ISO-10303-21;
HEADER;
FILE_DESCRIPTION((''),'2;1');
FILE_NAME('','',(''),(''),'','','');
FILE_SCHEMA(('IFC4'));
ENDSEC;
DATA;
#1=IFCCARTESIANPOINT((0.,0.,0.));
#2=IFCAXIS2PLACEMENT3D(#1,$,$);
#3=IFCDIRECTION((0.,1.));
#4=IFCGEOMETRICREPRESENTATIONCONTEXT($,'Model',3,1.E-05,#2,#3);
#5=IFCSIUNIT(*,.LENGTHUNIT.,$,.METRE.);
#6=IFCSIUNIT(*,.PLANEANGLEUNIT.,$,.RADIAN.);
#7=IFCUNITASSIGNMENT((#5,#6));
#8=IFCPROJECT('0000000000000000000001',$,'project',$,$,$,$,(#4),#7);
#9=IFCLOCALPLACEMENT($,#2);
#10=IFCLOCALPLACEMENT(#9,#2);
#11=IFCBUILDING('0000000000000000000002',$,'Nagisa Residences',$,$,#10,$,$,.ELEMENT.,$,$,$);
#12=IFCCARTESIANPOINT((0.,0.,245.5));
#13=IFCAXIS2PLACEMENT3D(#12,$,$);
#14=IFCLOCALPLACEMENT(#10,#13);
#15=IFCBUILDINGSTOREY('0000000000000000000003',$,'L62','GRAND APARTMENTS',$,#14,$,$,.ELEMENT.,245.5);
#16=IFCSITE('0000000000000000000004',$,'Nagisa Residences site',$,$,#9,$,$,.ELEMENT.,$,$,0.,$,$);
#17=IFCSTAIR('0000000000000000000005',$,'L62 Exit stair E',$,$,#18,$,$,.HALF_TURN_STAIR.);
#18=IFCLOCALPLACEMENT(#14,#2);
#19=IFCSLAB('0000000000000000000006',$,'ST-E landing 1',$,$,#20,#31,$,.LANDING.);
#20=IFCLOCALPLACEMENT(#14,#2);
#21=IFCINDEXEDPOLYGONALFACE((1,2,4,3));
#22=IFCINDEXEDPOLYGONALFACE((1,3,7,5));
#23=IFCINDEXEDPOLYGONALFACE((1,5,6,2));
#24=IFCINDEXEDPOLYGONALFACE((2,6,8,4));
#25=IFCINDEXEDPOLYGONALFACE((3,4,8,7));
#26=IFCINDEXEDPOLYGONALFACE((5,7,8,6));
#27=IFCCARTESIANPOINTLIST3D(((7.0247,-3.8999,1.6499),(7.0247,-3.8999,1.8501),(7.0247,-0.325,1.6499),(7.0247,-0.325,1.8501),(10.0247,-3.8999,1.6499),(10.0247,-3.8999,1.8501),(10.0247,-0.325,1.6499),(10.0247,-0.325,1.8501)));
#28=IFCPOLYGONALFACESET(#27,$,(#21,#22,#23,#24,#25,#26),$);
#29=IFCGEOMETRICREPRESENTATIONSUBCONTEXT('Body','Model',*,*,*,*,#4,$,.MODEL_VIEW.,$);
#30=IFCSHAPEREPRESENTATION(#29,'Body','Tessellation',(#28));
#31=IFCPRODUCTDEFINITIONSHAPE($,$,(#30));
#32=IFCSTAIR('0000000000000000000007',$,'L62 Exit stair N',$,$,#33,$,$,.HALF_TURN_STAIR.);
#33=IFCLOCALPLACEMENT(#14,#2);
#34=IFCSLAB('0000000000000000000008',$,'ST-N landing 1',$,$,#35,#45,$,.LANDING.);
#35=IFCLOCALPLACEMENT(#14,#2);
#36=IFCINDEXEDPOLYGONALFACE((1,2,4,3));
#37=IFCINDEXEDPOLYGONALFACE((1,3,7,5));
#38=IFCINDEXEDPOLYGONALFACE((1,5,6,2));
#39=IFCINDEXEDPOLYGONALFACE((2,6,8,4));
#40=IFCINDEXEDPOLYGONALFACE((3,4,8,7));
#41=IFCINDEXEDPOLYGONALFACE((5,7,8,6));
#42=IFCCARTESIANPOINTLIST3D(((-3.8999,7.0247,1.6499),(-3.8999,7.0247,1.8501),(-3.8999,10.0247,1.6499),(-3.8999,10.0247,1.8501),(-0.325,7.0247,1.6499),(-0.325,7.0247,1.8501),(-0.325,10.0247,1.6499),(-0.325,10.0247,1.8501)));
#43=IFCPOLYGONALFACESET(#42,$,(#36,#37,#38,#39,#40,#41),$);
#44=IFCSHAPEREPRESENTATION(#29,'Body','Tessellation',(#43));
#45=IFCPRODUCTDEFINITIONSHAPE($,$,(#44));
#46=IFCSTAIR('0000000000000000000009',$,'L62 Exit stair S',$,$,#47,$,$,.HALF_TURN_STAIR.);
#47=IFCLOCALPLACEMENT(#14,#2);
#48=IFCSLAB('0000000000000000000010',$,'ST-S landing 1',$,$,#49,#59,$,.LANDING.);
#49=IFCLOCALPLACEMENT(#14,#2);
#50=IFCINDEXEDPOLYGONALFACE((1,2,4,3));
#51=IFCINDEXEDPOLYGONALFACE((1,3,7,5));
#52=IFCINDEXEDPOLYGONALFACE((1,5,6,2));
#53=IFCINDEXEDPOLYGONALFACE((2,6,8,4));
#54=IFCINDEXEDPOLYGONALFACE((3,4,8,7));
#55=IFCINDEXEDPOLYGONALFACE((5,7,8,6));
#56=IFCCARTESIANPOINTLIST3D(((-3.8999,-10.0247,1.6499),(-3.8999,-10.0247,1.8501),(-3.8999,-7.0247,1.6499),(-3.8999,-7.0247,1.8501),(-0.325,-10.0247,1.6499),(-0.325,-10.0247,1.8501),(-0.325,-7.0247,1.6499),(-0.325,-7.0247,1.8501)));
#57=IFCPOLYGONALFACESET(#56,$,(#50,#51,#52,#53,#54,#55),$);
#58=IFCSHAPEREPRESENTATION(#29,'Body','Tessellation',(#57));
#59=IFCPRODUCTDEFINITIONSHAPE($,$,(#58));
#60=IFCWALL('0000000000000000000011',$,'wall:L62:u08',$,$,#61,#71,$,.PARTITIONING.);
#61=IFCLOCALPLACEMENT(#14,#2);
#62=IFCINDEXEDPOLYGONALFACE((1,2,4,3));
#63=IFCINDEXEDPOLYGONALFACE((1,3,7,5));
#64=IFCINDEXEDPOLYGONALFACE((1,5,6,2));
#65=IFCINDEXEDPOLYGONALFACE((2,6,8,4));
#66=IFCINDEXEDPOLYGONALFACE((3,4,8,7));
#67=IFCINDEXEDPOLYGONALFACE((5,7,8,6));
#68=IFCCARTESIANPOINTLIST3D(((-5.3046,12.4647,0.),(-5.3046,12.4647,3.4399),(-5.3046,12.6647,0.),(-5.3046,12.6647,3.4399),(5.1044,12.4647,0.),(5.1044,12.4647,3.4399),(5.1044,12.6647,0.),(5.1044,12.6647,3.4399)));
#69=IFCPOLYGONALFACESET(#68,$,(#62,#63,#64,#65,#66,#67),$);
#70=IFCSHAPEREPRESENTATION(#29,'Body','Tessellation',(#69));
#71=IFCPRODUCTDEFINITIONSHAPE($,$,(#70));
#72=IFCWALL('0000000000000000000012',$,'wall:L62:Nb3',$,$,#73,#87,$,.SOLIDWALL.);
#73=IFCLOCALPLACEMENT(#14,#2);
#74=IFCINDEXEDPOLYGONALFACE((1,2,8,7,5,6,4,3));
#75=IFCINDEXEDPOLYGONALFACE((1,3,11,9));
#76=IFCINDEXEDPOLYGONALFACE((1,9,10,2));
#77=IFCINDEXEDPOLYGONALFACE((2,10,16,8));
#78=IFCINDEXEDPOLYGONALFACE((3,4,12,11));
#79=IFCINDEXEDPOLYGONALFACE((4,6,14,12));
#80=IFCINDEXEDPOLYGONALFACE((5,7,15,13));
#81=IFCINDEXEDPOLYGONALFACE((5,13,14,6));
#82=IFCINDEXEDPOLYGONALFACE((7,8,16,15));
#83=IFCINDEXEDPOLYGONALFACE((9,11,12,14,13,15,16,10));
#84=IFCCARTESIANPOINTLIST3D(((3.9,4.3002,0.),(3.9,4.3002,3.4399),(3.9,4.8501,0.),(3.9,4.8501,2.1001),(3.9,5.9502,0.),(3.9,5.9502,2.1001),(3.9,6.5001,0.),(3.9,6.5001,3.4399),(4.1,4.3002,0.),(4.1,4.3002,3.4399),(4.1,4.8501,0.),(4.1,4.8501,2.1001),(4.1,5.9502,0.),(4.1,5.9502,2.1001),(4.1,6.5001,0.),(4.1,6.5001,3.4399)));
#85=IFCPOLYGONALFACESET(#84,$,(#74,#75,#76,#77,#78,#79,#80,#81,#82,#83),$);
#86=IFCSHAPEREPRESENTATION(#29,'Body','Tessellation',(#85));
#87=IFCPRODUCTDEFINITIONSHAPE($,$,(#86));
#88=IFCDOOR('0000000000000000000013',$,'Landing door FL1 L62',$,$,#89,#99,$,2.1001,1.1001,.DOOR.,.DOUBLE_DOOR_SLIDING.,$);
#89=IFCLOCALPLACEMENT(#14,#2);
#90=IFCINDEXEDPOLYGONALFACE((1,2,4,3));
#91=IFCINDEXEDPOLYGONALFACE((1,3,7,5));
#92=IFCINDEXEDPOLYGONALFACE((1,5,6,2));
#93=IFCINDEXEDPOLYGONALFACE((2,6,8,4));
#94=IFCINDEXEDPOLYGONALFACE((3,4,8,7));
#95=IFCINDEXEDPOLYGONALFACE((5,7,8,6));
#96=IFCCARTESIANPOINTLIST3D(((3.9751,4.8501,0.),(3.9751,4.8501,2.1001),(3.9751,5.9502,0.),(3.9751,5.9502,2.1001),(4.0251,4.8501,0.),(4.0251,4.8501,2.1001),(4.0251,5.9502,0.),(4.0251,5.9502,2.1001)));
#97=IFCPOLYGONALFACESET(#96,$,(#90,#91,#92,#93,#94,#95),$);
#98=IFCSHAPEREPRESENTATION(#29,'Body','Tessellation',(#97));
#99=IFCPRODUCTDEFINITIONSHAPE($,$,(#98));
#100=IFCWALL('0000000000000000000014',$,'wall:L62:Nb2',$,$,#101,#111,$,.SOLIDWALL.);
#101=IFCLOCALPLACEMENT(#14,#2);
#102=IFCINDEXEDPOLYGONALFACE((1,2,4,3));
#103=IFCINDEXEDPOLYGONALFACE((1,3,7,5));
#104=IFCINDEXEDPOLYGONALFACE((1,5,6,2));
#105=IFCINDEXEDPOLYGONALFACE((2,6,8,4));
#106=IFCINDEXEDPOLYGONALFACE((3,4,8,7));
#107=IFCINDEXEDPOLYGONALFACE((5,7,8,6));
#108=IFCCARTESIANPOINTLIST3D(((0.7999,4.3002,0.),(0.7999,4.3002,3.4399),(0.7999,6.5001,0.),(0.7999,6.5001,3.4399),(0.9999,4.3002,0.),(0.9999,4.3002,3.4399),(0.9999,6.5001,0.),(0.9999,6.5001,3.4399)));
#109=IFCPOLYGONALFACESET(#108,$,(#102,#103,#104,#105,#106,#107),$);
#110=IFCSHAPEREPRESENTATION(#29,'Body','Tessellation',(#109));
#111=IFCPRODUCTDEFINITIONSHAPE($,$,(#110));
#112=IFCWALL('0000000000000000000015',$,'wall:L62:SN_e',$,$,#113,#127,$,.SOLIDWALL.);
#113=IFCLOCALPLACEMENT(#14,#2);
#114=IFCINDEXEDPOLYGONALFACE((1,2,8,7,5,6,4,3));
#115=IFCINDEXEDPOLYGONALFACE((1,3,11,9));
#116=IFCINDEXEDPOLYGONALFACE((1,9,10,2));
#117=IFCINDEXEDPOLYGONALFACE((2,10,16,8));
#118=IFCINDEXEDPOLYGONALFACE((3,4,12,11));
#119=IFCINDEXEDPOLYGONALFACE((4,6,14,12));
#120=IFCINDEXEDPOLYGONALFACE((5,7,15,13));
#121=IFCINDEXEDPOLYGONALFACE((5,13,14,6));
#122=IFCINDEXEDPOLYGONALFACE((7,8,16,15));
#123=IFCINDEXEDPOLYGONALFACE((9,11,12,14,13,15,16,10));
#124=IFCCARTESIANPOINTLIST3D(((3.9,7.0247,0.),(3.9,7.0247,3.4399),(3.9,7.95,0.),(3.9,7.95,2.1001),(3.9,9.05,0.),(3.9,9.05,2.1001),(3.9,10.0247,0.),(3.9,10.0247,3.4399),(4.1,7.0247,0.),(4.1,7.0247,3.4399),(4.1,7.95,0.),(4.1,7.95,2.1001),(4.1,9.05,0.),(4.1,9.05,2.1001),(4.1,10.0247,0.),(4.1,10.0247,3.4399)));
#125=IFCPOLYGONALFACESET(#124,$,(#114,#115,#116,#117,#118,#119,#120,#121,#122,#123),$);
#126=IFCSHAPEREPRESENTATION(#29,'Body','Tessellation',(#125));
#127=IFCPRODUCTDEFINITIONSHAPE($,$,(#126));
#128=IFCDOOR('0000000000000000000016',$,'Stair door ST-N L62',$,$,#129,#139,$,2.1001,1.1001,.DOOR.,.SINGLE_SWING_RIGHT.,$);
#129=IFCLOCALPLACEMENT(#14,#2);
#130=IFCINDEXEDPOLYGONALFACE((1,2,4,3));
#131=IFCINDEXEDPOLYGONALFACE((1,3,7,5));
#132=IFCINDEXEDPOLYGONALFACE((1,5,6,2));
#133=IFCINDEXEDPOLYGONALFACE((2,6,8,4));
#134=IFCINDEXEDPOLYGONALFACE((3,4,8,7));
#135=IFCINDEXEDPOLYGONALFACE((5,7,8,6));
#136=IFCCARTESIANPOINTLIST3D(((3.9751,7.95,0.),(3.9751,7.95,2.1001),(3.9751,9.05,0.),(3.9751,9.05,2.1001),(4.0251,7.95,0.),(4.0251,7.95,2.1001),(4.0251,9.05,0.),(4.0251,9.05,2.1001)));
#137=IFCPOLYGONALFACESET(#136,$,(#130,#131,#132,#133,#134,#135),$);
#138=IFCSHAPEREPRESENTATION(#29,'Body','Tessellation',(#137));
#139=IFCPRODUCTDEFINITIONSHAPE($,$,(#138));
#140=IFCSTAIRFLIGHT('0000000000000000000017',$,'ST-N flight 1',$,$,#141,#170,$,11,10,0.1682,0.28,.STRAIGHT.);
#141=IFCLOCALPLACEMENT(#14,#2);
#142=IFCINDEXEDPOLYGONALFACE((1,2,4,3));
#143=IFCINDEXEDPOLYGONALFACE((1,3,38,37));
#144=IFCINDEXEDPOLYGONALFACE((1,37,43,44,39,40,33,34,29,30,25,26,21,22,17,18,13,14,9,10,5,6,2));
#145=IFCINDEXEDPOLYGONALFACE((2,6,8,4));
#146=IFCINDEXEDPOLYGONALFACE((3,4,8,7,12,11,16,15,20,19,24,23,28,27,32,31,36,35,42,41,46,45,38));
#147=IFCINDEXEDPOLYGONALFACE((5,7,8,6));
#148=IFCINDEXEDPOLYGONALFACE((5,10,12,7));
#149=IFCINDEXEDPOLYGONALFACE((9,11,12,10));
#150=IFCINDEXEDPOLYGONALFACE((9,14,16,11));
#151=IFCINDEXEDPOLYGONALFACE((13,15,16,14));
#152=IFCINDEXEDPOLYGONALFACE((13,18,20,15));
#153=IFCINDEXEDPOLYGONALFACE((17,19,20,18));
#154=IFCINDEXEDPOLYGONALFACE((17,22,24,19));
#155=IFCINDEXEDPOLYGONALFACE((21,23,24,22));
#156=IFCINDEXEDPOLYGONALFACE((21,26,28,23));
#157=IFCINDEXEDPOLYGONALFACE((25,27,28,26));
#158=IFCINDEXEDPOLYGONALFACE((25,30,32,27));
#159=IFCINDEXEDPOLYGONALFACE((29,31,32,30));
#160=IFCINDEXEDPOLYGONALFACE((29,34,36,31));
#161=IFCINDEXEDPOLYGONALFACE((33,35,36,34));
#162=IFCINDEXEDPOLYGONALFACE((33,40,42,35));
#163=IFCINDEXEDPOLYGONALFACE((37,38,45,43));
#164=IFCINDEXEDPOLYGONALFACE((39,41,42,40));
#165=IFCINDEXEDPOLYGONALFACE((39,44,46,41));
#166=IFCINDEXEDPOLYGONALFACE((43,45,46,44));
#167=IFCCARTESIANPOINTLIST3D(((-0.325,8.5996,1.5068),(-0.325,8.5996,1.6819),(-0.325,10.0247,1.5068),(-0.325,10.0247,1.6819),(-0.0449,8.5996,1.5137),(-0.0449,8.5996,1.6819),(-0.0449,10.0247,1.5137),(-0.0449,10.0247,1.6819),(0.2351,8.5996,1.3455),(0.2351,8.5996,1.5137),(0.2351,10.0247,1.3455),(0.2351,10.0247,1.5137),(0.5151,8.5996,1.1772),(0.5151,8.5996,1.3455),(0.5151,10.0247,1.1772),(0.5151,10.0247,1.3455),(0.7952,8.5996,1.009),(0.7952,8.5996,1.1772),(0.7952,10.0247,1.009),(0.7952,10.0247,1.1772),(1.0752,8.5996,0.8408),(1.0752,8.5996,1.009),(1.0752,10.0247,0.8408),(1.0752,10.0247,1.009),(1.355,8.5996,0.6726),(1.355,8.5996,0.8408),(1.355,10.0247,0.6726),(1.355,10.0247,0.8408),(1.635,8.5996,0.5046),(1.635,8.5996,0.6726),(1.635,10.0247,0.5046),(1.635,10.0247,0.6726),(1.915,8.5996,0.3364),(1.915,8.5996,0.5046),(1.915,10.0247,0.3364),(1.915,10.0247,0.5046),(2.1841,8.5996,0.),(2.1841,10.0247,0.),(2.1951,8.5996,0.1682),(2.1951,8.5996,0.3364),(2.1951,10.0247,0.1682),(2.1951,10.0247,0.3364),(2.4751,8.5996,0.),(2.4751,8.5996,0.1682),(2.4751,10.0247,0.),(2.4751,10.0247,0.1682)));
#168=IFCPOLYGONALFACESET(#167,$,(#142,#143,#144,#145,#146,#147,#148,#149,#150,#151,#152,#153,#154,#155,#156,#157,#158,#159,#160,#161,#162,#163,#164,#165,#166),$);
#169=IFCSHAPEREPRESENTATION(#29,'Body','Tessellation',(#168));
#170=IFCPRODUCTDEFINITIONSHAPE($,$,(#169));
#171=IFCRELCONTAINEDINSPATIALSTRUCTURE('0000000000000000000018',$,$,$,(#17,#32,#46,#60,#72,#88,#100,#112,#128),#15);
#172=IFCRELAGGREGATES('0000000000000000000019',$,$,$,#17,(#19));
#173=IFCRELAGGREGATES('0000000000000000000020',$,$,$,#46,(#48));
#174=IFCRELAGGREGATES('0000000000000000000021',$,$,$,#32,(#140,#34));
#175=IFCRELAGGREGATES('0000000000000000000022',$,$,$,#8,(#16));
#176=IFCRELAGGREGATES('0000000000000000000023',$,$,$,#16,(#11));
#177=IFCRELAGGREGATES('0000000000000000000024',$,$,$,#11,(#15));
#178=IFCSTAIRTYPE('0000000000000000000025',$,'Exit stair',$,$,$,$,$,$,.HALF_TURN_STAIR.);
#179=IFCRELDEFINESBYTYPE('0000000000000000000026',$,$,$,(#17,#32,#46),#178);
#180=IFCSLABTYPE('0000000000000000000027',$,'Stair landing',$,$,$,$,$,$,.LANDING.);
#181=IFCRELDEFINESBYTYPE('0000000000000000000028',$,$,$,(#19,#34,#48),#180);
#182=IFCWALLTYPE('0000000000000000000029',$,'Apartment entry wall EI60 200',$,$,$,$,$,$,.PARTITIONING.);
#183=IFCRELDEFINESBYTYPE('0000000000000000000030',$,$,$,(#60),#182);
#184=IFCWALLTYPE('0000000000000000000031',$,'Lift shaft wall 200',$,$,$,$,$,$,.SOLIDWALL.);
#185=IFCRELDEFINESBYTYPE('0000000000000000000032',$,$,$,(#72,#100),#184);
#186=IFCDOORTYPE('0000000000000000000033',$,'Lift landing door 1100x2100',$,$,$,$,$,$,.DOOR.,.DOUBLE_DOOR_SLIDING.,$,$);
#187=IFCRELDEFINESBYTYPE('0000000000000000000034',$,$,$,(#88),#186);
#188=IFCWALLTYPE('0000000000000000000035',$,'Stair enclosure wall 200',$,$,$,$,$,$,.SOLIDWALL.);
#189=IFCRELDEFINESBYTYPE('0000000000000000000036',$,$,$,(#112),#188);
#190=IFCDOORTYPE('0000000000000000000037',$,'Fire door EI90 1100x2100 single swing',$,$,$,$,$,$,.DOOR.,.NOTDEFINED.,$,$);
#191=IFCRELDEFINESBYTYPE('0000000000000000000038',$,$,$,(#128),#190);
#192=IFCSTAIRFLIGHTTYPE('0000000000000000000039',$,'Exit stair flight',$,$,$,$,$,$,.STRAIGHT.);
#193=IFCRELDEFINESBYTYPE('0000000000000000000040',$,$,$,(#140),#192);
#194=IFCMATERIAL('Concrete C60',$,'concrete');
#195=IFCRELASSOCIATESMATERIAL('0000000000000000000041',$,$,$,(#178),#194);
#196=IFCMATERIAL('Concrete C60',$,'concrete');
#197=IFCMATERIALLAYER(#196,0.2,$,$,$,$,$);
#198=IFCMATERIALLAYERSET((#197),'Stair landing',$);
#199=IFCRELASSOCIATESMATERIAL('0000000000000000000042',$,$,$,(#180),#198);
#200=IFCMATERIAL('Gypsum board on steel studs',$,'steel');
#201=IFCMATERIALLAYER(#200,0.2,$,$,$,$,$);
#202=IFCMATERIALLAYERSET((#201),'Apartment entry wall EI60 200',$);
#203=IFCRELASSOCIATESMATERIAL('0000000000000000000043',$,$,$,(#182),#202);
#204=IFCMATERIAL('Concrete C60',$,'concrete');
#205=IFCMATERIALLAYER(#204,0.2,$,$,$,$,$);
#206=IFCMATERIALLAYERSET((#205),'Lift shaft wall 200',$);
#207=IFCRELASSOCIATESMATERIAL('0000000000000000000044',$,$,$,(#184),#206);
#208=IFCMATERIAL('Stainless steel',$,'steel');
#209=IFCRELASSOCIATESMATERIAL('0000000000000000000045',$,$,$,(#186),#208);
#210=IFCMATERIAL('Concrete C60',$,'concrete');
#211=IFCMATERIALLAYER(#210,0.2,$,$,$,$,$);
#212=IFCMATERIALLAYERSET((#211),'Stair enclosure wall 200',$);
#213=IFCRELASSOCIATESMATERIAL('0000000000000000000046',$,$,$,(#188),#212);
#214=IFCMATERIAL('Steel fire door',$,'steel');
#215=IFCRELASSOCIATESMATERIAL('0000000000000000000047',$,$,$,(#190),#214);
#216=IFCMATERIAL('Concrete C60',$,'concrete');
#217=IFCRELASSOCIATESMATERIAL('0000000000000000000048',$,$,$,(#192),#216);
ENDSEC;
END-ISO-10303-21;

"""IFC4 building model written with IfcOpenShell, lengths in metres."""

from ifc_helpers import new_model, si_unit, direction, frame, frame_2d, origin, place, context, subcontext, project, spatial, polyline, rectangle, outline, extrude, material, layer, layer_set, type_object, element, fill, aggregate, save


model = new_model("IFC4")

# Units and contexts
model_context = context("Model", 3, precision=1e-05, world=origin(), true_north=direction((0.0, 1.0)))
body_context = subcontext(model_context, "Body", "Model", "MODEL_VIEW")
ifc_project = project(units=[si_unit("LENGTHUNIT", "METRE"), si_unit("PLANEANGLEUNIT", "RADIAN")], contexts=[model_context])

# Site, building, storey
site_placement = place(None, origin())
site = spatial("IfcSite", under=ifc_project, at=site_placement, Name="Nagisa Residences site", CompositionType="ELEMENT", RefElevation=0.0)
building_placement = place(site_placement, origin())
building = spatial("IfcBuilding", under=site, at=building_placement, Name="Nagisa Residences", CompositionType="ELEMENT")
storey_placement = place(building_placement, frame((0.0, 0.0, 245.5)))
storey = spatial("IfcBuildingStorey", under=building, at=storey_placement, Name="L62", Description="GRAND APARTMENTS", CompositionType="ELEMENT", Elevation=245.5)

# Stairs, slabs
ifc_material_1 = material(Name="Concrete C60", Category="concrete")
stair_type = type_object("IfcStairType", Name="Exit stair", PredefinedType="HALF_TURN_STAIR", material=ifc_material_1)
stair_1_placement = place(storey_placement, origin())
stair_1 = element("IfcStair", 1, at=stair_1_placement, inside=storey, type_object=stair_type, Name="L62 Exit stair E", PredefinedType="HALF_TURN_STAIR")
ifc_material_2 = material(Name="Concrete C60", Category="concrete")
ifc_layer_1 = layer(ifc_material_2, 0.2)
ifc_layer_set_1 = layer_set([ifc_layer_1], Name="Stair landing")
slab_type = type_object("IfcSlabType", Name="Stair landing", PredefinedType="LANDING", material=ifc_layer_set_1)
slab_1_placement = place(storey_placement, frame((0.0, 0.0, 1.6499)))
slab_1 = element("IfcSlab", 2, at=slab_1_placement, type_object=slab_type, Name="ST-E landing 1", PredefinedType="LANDING", context=body_context, shape_type="SweptSolid", body=[
    extrude(outline(polyline([(7.0247, -0.325), (7.0247, -3.8999), (10.0247, -3.8999), (10.0247, -0.325), (7.0247, -0.325)])), origin(), (0.0, 0.0, 1.0), 0.2002),
])
aggregate(stair_1, [slab_1])
stair_2_placement = place(storey_placement, origin())
stair_2 = element("IfcStair", 3, at=stair_2_placement, inside=storey, type_object=stair_type, Name="L62 Exit stair N", PredefinedType="HALF_TURN_STAIR")
slab_2_placement = place(storey_placement, frame((0.0, 0.0, 1.6499)))
slab_2 = element("IfcSlab", 4, at=slab_2_placement, type_object=slab_type, Name="ST-N landing 1", PredefinedType="LANDING", context=body_context, shape_type="SweptSolid", body=[
    extrude(outline(polyline([(-0.325, 10.0247), (-3.8999, 10.0247), (-3.8999, 7.0247), (-0.325, 7.0247), (-0.325, 10.0247)])), origin(), (0.0, 0.0, 1.0), 0.2002),
])
stair_3_placement = place(storey_placement, origin())
stair_3 = element("IfcStair", 5, at=stair_3_placement, inside=storey, type_object=stair_type, Name="L62 Exit stair S", PredefinedType="HALF_TURN_STAIR")
slab_3_placement = place(storey_placement, frame((0.0, 0.0, 1.6499)))
slab_3 = element("IfcSlab", 6, at=slab_3_placement, type_object=slab_type, Name="ST-S landing 1", PredefinedType="LANDING", context=body_context, shape_type="SweptSolid", body=[
    extrude(outline(polyline([(-0.325, -7.0247), (-3.8999, -7.0247), (-3.8999, -10.0247), (-0.325, -10.0247), (-0.325, -7.0247)])), origin(), (0.0, 0.0, 1.0), 0.2002),
])
aggregate(stair_3, [slab_3])

# Wall
ifc_material_3 = material(Name="Gypsum board on steel studs", Category="steel")
ifc_layer_2 = layer(ifc_material_3, 0.2)
ifc_layer_set_2 = layer_set([ifc_layer_2], Name="Apartment entry wall EI60 200")
wall_type_1 = type_object("IfcWallType", Name="Apartment entry wall EI60 200", PredefinedType="PARTITIONING", material=ifc_layer_set_2)
wall_1_placement = place(storey_placement, frame((5.1045, 12.5647, 0.0), z_axis=(0.0, 0.0, 1.0), x_axis=(-1.0, 0.0, 0.0)))
element("IfcWall", 7, at=wall_1_placement, inside=storey, type_object=wall_type_1, Name="wall:L62:u08", PredefinedType="PARTITIONING", context=body_context, shape_type="SweptSolid", body=[
    extrude(rectangle(XDim=10.4089, YDim=0.2, at=frame_2d((5.2046, 0.0))), origin(), (0.0, 0.0, 1.0), 3.4399),
])

# Wall, opening, door
ifc_material_4 = material(Name="Concrete C60", Category="concrete")
ifc_layer_3 = layer(ifc_material_4, 0.2)
ifc_layer_set_3 = layer_set([ifc_layer_3], Name="Lift shaft wall 200")
wall_type_2 = type_object("IfcWallType", Name="Lift shaft wall 200", PredefinedType="SOLIDWALL", material=ifc_layer_set_3)
wall_2_placement = place(storey_placement, frame((4.0, 4.3, 0.0), z_axis=(0.0, 0.0, 1.0), x_axis=(0.0, 1.0, 0.0)))
wall_2 = element("IfcWall", 8, at=wall_2_placement, inside=storey, type_object=wall_type_2, Name="wall:L62:Nb3", PredefinedType="SOLIDWALL", context=body_context, shape_type="SweptSolid", body=[
    extrude(rectangle(XDim=2.2, YDim=0.2, at=frame_2d((1.1001, 0.0))), origin(), (0.0, 0.0, 1.0), 3.4399),
])
opening_1_placement = place(wall_2_placement, frame((0.55, 0.0, 0.0)))
opening_1 = element("IfcOpeningElement", 9, at=opening_1_placement, cuts=wall_2, PredefinedType="OPENING", context=body_context, shape_type="SweptSolid", body=[
    extrude(rectangle(XDim=1.1001, YDim=2.1001, at=frame_2d((0.55, 1.05))), frame((0.0, 0.1099, 0.0), z_axis=(0.0, -1.0, 0.0), x_axis=(1.0, 0.0, 0.0)), (0.0, 0.0, 1.0), 0.22),
])
ifc_material_5 = material(Name="Stainless steel", Category="steel")
door_type_1 = type_object("IfcDoorType", Name="Lift landing door 1100x2100", OperationType="DOUBLE_DOOR_SLIDING", PredefinedType="DOOR", material=ifc_material_5)
door_1_placement = place(opening_1_placement, origin())
door_1 = element("IfcDoor", 10, at=door_1_placement, inside=storey, type_object=door_type_1, Name="Landing door FL1 L62", OperationType="DOUBLE_DOOR_SLIDING", OverallHeight=2.1001, OverallWidth=1.1001, PredefinedType="DOOR", context=body_context, shape_type="SweptSolid", body=[
    extrude(rectangle(XDim=1.1001, YDim=2.1001, at=frame_2d((0.55, 1.05))), frame((0.0, 0.0249, 0.0), z_axis=(0.0, -1.0, 0.0), x_axis=(1.0, 0.0, 0.0)), (0.0, 0.0, 1.0), 0.05),
])
fill(opening_1, door_1)

# Wall
wall_3_placement = place(storey_placement, frame((0.8999, 4.3, 0.0), z_axis=(0.0, 0.0, 1.0), x_axis=(0.0, 1.0, 0.0)))
element("IfcWall", 11, at=wall_3_placement, inside=storey, type_object=wall_type_2, Name="wall:L62:Nb2", PredefinedType="SOLIDWALL", context=body_context, shape_type="SweptSolid", body=[
    extrude(rectangle(XDim=2.2, YDim=0.2, at=frame_2d((1.1001, 0.0))), origin(), (0.0, 0.0, 1.0), 3.4399),
])

# Wall, opening, door
ifc_material_6 = material(Name="Concrete C60", Category="concrete")
ifc_layer_4 = layer(ifc_material_6, 0.2)
ifc_layer_set_4 = layer_set([ifc_layer_4], Name="Stair enclosure wall 200")
wall_type_3 = type_object("IfcWallType", Name="Stair enclosure wall 200", PredefinedType="SOLIDWALL", material=ifc_layer_set_4)
wall_4_placement = place(storey_placement, frame((4.0, 7.0247, 0.0), z_axis=(0.0, 0.0, 1.0), x_axis=(0.0, 1.0, 0.0)))
wall_4 = element("IfcWall", 12, at=wall_4_placement, inside=storey, type_object=wall_type_3, Name="wall:L62:SN_e", PredefinedType="SOLIDWALL", context=body_context, shape_type="SweptSolid", body=[
    extrude(rectangle(XDim=3.0, YDim=0.2, at=frame_2d((1.5, 0.0))), origin(), (0.0, 0.0, 1.0), 3.4399),
])
opening_2_placement = place(wall_4_placement, frame((0.9253, 0.0, 0.0)))
opening_2 = element("IfcOpeningElement", 13, at=opening_2_placement, cuts=wall_4, PredefinedType="OPENING", context=body_context, shape_type="SweptSolid", body=[
    extrude(rectangle(XDim=1.1001, YDim=2.1001, at=frame_2d((0.55, 1.05))), frame((0.0, 0.1099, 0.0), z_axis=(0.0, -1.0, 0.0), x_axis=(1.0, 0.0, 0.0)), (0.0, 0.0, 1.0), 0.22),
])
ifc_material_7 = material(Name="Steel fire door", Category="steel")
door_type_2 = type_object("IfcDoorType", Name="Fire door EI90 1100x2100 single swing", OperationType="NOTDEFINED", PredefinedType="DOOR", material=ifc_material_7)
door_2_placement = place(opening_2_placement, origin())
door_2 = element("IfcDoor", 14, at=door_2_placement, inside=storey, type_object=door_type_2, Name="Stair door ST-N L62", OperationType="SINGLE_SWING_RIGHT", OverallHeight=2.1001, OverallWidth=1.1001, PredefinedType="DOOR", context=body_context, shape_type="SweptSolid", body=[
    extrude(rectangle(XDim=1.1001, YDim=2.1001, at=frame_2d((0.55, 1.05))), frame((0.0, 0.0249, 0.0), z_axis=(0.0, -1.0, 0.0), x_axis=(1.0, 0.0, 0.0)), (0.0, 0.0, 1.0), 0.05),
])
fill(opening_2, door_2)

# Stair flight
ifc_material_8 = material(Name="Concrete C60", Category="concrete")
stair_flight_type = type_object("IfcStairFlightType", Name="Exit stair flight", PredefinedType="STRAIGHT", material=ifc_material_8)
stair_flight_1_placement = place(storey_placement, frame((2.4751, 9.312, 0.0), z_axis=(0.0, 0.0, 1.0), x_axis=(-1.0, 0.0, 0.0)))
stair_flight_1 = element("IfcStairFlight", 15, at=stair_flight_1_placement, type_object=stair_flight_type, Name="ST-N flight 1", NumberOfRisers=11, NumberOfTreads=10, PredefinedType="STRAIGHT", RiserHeight=0.1682, TreadLength=0.28, context=body_context, shape_type="SweptSolid", body=[
    extrude(outline(polyline([(0.0, 0.0), (0.0, 0.1682), (0.28, 0.1682), (0.28, 0.3364), (0.5601, 0.3364), (0.5601, 0.5046), (0.8401, 0.5046), (0.8401, 0.6726), (1.1201, 0.6726), (1.1201, 0.8408), (1.3999, 0.8408), (1.3999, 1.009), (1.6799, 1.009), (1.6799, 1.1772), (1.96, 1.1772), (1.96, 1.3455), (2.24, 1.3455), (2.24, 1.5137), (2.52, 1.5137), (2.52, 1.6819), (2.8, 1.6819), (2.8, 1.8501), (2.8, 1.5068), (0.291, 0.0), (0.0, 0.0)])), frame((0.0, 0.7124, 0.0), z_axis=(0.0, -1.0, 0.0), x_axis=(1.0, 0.0, 0.0)), (0.0, 0.0, 1.0), 1.425),
])
aggregate(stair_2, [stair_flight_1, slab_2])

save(model, "model.ifc")
